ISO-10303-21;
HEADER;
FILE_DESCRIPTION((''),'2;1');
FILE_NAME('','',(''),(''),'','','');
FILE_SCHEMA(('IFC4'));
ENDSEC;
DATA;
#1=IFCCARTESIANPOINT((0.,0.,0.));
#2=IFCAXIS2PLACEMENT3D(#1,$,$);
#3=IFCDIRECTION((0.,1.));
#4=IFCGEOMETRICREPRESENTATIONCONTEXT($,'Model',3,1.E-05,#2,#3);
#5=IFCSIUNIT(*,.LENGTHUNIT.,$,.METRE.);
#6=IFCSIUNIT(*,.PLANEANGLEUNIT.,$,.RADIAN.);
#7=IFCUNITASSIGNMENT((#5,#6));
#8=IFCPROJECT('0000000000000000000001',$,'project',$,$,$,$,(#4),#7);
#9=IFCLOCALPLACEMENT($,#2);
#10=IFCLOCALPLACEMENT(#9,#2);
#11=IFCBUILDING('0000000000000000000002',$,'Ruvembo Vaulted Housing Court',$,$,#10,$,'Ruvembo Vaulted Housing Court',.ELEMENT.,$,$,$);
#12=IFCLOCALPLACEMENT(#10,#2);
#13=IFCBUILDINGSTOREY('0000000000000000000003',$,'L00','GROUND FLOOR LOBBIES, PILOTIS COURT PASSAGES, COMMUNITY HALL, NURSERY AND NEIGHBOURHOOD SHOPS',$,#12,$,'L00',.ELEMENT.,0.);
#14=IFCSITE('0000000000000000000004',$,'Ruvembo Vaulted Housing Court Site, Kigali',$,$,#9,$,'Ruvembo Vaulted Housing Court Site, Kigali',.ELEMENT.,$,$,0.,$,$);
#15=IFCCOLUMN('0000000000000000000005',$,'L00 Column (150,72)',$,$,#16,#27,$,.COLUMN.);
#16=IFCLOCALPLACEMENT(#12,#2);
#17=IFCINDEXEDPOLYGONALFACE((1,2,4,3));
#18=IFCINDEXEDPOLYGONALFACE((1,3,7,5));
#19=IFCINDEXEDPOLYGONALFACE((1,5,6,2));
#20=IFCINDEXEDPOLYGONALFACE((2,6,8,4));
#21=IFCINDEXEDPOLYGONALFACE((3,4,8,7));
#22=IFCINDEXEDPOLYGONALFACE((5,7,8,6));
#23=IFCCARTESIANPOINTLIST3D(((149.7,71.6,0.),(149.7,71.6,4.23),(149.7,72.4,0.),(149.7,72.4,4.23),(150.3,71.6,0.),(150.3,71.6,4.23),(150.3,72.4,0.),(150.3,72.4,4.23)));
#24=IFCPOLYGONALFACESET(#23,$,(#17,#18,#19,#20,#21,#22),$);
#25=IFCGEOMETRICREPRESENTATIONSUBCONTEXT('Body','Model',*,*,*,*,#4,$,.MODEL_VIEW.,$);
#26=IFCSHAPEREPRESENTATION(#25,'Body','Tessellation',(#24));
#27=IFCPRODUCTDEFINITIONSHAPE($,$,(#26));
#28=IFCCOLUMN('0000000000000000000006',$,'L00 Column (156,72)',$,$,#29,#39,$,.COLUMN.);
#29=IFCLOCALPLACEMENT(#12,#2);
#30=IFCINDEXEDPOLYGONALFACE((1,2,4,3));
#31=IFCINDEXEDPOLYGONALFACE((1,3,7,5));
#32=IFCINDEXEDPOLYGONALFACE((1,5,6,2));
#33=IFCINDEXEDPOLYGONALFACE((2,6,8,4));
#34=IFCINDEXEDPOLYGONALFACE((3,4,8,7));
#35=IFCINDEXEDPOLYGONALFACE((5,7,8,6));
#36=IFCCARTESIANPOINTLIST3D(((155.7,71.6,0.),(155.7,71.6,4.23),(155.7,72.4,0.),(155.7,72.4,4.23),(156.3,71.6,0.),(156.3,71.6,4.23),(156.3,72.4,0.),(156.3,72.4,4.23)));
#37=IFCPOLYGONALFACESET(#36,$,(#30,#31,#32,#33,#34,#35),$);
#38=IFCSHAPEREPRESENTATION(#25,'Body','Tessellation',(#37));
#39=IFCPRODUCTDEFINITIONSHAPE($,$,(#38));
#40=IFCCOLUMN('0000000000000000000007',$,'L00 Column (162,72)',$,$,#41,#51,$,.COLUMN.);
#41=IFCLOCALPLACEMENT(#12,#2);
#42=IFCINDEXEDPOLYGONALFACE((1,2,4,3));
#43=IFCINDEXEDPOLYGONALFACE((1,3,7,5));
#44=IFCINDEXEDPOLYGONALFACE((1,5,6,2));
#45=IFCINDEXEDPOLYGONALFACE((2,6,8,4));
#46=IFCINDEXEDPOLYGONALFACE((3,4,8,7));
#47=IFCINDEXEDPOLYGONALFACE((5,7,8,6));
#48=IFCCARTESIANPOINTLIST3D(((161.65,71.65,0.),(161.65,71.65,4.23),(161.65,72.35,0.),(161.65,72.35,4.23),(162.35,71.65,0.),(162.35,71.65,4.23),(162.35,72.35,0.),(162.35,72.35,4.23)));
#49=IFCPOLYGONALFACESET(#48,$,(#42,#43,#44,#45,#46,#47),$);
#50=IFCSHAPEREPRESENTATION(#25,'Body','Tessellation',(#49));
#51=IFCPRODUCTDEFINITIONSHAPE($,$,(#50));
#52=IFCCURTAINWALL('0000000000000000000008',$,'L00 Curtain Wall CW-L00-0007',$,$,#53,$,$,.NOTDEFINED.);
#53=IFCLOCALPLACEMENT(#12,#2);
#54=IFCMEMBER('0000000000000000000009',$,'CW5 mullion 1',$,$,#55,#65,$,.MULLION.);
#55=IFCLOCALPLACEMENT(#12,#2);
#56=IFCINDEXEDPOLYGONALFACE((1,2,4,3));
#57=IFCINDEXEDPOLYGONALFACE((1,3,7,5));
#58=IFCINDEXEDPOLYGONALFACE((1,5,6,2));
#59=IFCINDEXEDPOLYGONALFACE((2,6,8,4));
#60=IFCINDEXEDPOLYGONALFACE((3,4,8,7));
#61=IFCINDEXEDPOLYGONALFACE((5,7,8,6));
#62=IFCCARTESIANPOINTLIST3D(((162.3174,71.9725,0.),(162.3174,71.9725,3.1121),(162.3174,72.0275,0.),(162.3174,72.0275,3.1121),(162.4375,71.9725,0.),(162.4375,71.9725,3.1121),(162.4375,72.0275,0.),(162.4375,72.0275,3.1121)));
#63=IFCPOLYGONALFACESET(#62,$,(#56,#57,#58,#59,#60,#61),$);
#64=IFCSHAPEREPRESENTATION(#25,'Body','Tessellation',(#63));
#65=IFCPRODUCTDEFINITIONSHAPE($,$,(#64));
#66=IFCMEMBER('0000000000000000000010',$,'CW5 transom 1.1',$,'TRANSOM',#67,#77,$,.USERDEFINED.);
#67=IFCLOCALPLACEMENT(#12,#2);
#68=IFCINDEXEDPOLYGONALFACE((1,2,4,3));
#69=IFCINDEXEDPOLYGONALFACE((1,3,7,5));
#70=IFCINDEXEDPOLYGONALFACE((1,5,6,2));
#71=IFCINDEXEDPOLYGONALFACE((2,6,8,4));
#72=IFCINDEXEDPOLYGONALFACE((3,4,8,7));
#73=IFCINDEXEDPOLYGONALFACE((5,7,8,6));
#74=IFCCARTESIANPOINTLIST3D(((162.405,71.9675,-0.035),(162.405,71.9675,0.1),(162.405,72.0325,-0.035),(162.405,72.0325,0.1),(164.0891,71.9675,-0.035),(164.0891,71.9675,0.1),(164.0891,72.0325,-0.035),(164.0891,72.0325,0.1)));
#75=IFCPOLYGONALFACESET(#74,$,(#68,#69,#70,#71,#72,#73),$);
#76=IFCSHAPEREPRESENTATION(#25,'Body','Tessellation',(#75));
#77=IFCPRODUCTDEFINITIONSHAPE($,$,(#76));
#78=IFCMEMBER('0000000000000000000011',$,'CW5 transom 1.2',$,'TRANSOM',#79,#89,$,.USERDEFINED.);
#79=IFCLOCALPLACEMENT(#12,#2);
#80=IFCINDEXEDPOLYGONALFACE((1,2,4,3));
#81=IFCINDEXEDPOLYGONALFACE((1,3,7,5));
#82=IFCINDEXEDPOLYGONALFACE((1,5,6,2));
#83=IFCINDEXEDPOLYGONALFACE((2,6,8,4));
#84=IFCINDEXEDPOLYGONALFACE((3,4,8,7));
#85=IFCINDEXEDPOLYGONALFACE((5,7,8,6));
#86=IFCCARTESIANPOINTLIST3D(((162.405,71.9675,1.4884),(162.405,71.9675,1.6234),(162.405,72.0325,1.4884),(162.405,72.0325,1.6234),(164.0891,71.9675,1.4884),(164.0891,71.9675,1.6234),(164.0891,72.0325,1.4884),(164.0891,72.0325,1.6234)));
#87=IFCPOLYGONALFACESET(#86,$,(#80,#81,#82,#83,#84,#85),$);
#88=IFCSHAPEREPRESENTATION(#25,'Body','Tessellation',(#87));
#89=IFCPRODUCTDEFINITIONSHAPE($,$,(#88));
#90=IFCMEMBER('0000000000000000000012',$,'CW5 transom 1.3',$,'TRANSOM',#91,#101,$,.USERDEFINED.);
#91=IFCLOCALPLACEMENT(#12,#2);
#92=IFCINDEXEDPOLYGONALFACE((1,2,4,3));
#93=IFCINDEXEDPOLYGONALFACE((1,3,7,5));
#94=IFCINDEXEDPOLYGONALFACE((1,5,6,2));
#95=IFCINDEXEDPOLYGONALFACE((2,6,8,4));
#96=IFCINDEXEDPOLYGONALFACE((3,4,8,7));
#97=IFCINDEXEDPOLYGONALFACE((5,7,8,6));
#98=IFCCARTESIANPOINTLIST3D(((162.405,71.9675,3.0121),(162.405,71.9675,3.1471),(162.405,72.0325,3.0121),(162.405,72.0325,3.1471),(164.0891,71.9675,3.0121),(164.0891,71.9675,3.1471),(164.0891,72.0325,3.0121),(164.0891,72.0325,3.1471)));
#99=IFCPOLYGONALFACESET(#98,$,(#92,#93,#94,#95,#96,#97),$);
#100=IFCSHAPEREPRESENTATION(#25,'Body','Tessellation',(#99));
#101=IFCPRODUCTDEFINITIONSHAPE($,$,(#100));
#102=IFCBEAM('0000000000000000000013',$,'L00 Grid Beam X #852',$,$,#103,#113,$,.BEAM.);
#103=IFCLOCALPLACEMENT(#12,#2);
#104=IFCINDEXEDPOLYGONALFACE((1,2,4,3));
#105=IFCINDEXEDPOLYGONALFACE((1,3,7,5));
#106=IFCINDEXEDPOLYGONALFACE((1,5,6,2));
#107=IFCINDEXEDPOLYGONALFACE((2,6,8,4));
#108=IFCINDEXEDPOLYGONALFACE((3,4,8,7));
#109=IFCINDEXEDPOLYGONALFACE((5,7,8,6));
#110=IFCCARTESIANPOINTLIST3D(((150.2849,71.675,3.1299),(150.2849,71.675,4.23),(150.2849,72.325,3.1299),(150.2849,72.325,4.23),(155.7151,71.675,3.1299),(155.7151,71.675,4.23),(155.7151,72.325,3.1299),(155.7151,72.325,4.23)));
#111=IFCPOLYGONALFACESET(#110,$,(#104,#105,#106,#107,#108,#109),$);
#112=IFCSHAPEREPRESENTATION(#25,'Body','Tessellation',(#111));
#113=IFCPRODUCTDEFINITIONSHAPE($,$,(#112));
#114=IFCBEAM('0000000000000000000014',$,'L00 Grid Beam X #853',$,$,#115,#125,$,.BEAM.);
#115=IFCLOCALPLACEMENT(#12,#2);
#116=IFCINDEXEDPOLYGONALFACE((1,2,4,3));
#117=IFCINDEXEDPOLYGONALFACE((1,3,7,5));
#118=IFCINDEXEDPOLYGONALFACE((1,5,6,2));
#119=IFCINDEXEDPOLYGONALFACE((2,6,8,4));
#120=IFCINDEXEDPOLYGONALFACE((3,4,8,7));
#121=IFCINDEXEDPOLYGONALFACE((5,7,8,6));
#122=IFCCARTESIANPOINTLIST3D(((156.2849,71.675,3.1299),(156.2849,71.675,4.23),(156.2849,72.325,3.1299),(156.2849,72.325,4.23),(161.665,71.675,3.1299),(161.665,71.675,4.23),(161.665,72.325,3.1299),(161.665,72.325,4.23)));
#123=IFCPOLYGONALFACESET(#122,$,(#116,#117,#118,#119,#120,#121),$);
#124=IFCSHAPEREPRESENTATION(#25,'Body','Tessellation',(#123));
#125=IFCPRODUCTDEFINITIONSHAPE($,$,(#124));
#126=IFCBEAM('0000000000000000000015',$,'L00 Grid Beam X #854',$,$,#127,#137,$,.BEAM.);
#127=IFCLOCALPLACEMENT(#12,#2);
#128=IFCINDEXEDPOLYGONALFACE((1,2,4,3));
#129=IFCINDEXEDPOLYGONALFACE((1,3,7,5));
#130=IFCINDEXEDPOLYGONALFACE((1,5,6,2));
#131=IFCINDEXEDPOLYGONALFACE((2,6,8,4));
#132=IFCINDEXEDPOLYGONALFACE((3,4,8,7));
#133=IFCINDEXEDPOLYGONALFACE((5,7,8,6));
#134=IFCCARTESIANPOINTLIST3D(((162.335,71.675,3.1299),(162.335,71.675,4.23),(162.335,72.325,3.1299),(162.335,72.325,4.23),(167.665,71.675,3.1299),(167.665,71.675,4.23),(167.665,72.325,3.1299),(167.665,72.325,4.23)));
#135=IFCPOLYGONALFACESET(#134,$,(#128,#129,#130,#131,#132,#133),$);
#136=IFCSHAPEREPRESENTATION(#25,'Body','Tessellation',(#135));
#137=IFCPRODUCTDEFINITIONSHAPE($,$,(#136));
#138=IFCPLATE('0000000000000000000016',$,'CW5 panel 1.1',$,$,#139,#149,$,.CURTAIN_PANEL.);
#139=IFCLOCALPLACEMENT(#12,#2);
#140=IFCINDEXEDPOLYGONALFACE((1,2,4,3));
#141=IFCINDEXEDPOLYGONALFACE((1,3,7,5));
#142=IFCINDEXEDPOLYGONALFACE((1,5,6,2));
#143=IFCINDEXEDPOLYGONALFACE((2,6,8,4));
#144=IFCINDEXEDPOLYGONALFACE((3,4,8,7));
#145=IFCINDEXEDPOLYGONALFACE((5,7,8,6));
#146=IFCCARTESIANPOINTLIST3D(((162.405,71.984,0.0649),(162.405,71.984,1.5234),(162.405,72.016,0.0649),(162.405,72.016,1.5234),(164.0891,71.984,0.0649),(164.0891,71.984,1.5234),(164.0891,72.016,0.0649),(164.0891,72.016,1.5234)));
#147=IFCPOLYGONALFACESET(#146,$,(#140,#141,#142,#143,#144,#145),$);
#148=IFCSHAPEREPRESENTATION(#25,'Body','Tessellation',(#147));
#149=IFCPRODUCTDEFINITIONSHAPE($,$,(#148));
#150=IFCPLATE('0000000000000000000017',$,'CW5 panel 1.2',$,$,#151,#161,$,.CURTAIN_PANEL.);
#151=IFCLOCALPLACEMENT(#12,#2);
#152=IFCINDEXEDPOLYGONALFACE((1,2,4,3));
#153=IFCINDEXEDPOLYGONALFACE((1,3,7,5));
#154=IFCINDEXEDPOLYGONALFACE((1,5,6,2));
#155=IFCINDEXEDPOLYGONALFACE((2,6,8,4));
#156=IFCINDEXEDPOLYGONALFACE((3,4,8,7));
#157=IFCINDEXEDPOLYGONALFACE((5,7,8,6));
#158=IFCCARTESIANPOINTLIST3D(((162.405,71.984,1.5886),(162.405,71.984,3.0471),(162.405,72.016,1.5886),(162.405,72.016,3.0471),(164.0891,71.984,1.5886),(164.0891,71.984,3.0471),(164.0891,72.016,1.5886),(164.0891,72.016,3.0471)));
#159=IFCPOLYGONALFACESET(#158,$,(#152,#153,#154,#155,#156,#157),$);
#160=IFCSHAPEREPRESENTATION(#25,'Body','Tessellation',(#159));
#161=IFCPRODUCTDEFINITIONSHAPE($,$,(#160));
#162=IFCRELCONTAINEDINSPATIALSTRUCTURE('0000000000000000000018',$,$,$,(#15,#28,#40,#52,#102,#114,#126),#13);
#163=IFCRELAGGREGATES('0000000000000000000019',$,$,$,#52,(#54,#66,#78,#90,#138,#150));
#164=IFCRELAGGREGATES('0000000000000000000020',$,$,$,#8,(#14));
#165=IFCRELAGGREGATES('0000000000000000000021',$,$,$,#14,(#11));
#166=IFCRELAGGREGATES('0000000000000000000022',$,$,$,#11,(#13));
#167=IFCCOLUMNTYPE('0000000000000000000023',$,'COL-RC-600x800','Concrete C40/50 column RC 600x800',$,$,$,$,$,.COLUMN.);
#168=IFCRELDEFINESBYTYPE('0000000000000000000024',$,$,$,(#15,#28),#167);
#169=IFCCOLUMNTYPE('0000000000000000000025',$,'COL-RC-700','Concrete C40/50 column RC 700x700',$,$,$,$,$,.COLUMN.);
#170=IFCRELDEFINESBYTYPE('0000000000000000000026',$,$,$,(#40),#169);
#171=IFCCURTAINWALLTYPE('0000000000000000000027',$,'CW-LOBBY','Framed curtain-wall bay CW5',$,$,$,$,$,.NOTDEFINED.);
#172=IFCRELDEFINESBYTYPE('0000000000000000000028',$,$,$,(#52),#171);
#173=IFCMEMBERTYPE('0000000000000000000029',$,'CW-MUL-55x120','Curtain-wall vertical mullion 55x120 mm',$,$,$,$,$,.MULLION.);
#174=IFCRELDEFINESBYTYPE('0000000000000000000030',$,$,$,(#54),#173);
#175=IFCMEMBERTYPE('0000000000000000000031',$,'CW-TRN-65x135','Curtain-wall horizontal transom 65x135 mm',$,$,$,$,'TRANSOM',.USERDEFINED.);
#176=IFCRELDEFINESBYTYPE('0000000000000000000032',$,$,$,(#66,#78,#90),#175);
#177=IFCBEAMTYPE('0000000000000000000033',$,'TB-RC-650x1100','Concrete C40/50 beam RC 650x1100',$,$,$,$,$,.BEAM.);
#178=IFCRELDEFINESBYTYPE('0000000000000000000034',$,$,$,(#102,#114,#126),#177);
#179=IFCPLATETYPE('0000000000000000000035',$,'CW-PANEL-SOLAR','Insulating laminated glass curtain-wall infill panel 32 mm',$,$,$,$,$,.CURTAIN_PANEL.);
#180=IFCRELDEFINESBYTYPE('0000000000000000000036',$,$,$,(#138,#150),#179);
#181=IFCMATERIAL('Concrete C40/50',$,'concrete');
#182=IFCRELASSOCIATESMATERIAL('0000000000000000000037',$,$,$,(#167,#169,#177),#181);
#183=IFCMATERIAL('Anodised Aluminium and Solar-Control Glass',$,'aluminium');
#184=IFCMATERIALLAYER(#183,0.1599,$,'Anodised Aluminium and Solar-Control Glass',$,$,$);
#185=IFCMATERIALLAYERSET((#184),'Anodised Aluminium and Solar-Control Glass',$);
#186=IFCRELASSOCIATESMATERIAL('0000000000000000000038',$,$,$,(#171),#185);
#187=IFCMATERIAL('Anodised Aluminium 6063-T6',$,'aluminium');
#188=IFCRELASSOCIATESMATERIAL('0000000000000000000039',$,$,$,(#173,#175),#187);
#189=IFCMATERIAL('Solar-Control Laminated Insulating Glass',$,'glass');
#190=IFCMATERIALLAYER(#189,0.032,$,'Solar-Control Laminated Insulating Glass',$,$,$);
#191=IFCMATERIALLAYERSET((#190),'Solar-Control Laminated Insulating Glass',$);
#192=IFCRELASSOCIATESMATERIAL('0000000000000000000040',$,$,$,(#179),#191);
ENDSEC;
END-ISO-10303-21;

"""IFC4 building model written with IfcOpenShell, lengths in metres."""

from ifc_helpers import new_model, si_unit, direction, frame, origin, origin_2d, place, context, subcontext, project, spatial, rectangle, extrude, material, layer, layer_set, material_profile, profile_set, type_object, element, aggregate, save


model = new_model("IFC4")

# Units and contexts
model_context = context("Model", 3, precision=1e-05, world=origin(), true_north=direction((0.0, 1.0)))
body_context = subcontext(model_context, "Body", "Model", "MODEL_VIEW")
ifc_project = project(units=[si_unit("LENGTHUNIT", "METRE"), si_unit("PLANEANGLEUNIT", "RADIAN")], contexts=[model_context])

# Site, building, storey
site_placement = place(None, origin())
site = spatial("IfcSite", under=ifc_project, at=site_placement, Name="Ruvembo Vaulted Housing Court Site, Kigali", LongName="Ruvembo Vaulted Housing Court Site, Kigali", CompositionType="ELEMENT", RefElevation=0.0)
building_placement = place(site_placement, origin())
building = spatial("IfcBuilding", under=site, at=building_placement, Name="Ruvembo Vaulted Housing Court", LongName="Ruvembo Vaulted Housing Court", CompositionType="ELEMENT")
storey_placement = place(building_placement, origin())
storey = spatial("IfcBuildingStorey", under=building, at=storey_placement, Name="L00", Description="GROUND FLOOR LOBBIES, PILOTIS COURT PASSAGES, COMMUNITY HALL, NURSERY AND NEIGHBOURHOOD SHOPS", LongName="L00", CompositionType="ELEMENT", Elevation=0.0)

# Columns
ifc_material_1 = material(Name="Concrete C40/50", Category="concrete")
ifc_material_profile_1 = material_profile(ifc_material_1, rectangle(XDim=0.6001, YDim=0.8, at=origin_2d()), Name="RC 600x800")
ifc_profile_set_1 = profile_set([ifc_material_profile_1], Name="Concrete C40/50")
column_type_1 = type_object("IfcColumnType", Name="COL-RC-600x800", Description="Concrete C40/50 column RC 600x800", PredefinedType="COLUMN", material=ifc_profile_set_1)
for number, where, z_axis, x_axis, name in (
    (1, (150.0, 72.0, 0.0), (0.0, 0.0, 1.0), (1.0, 0.0, 0.0), "L00 Column (150,72)"),
    (2, (156.0, 72.0, 0.0), (0.0, 0.0, 1.0), (1.0, 0.0, 0.0), "L00 Column (156,72)"),
):
    element("IfcColumn", number, at=place(storey_placement, frame(where, z_axis=z_axis, x_axis=x_axis)), inside=storey, type_object=column_type_1, Name=name, PredefinedType="COLUMN", context=body_context, shape_type="SweptSolid", body=[
        extrude(rectangle(XDim=0.6001, YDim=0.8, at=origin_2d()), origin(), (0.0, 0.0, 1.0), 4.23),
    ])
ifc_material_profile_2 = material_profile(ifc_material_1, rectangle(XDim=0.7, YDim=0.7, at=origin_2d()), Name="RC 700x700")
ifc_profile_set_2 = profile_set([ifc_material_profile_2], Name="Concrete C40/50")
column_type_2 = type_object("IfcColumnType", Name="COL-RC-700", Description="Concrete C40/50 column RC 700x700", PredefinedType="COLUMN", material=ifc_profile_set_2)
column_placement = place(storey_placement, frame((162.0, 72.0, 0.0), z_axis=(0.0, 0.0, 1.0), x_axis=(1.0, 0.0, 0.0)))
element("IfcColumn", 3, at=column_placement, inside=storey, type_object=column_type_2, Name="L00 Column (162,72)", PredefinedType="COLUMN", context=body_context, shape_type="SweptSolid", body=[
    extrude(rectangle(XDim=0.7, YDim=0.7, at=origin_2d()), origin(), (0.0, 0.0, 1.0), 4.23),
])

# Curtain wall, members
ifc_material_2 = material(Name="Anodised Aluminium and Solar-Control Glass", Category="aluminium")
ifc_layer_1 = layer(ifc_material_2, 0.1599, Name="Anodised Aluminium and Solar-Control Glass")
ifc_layer_set_1 = layer_set([ifc_layer_1], Name="Anodised Aluminium and Solar-Control Glass")
curtain_wall_type = type_object("IfcCurtainWallType", Name="CW-LOBBY", Description="Framed curtain-wall bay CW5", PredefinedType="NOTDEFINED", material=ifc_layer_set_1)
curtain_wall_placement = place(storey_placement, origin())
curtain_wall = element("IfcCurtainWall", 4, at=curtain_wall_placement, inside=storey, type_object=curtain_wall_type, Name="L00 Curtain Wall CW-L00-0007", PredefinedType="NOTDEFINED")
ifc_material_3 = material(Name="Anodised Aluminium 6063-T6", Category="aluminium")
ifc_material_profile_3 = material_profile(ifc_material_3, rectangle(XDim=0.0549, YDim=0.1201, at=origin_2d()), Name="ALU 55x120")
ifc_profile_set_3 = profile_set([ifc_material_profile_3], Name="Anodised Aluminium 6063-T6")
member_type_1 = type_object("IfcMemberType", Name="CW-MUL-55x120", Description="Curtain-wall vertical mullion 55x120 mm", PredefinedType="MULLION", material=ifc_profile_set_3)
member_1_placement = place(storey_placement, frame((162.3774, 72.0, 0.0), z_axis=(0.0, 0.0, 1.0), x_axis=(0.0, 1.0, 0.0)))
member_1 = element("IfcMember", 5, at=member_1_placement, type_object=member_type_1, Name="CW5 mullion 1", PredefinedType="MULLION", context=body_context, shape_type="SweptSolid", body=[
    extrude(rectangle(XDim=0.0549, YDim=0.1201, at=origin_2d()), origin(), (0.0, 0.0, 1.0), 3.1121),
])
ifc_material_profile_4 = material_profile(ifc_material_3, rectangle(XDim=0.0649, YDim=0.135, at=origin_2d()), Name="ALU 65x135")
ifc_profile_set_4 = profile_set([ifc_material_profile_4], Name="Anodised Aluminium 6063-T6")
member_type_2 = type_object("IfcMemberType", Name="CW-TRN-65x135", Description="Curtain-wall horizontal transom 65x135 mm", ElementType="TRANSOM", PredefinedType="USERDEFINED", material=ifc_profile_set_4)
member_2_placement = place(storey_placement, frame((162.405, 72.0, 0.0325), z_axis=(1.0, 0.0, 0.0), x_axis=(0.0, 1.0, 0.0)))
member_2 = element("IfcMember", 6, at=member_2_placement, type_object=member_type_2, Name="CW5 transom 1.1", ObjectType="TRANSOM", PredefinedType="USERDEFINED", context=body_context, shape_type="SweptSolid", body=[
    extrude(rectangle(XDim=0.0649, YDim=0.135, at=origin_2d()), origin(), (0.0, 0.0, 1.0), 1.6841),
])
member_3_placement = place(storey_placement, frame((162.405, 72.0, 1.5559), z_axis=(1.0, 0.0, 0.0), x_axis=(0.0, 1.0, 0.0)))
member_3 = element("IfcMember", 7, at=member_3_placement, type_object=member_type_2, Name="CW5 transom 1.2", ObjectType="TRANSOM", PredefinedType="USERDEFINED", context=body_context, shape_type="SweptSolid", body=[
    extrude(rectangle(XDim=0.0649, YDim=0.135, at=origin_2d()), origin(), (0.0, 0.0, 1.0), 1.6841),
])
member_4_placement = place(storey_placement, frame((162.405, 72.0, 3.0796), z_axis=(1.0, 0.0, 0.0), x_axis=(0.0, 1.0, 0.0)))
member_4 = element("IfcMember", 8, at=member_4_placement, type_object=member_type_2, Name="CW5 transom 1.3", ObjectType="TRANSOM", PredefinedType="USERDEFINED", context=body_context, shape_type="SweptSolid", body=[
    extrude(rectangle(XDim=0.0649, YDim=0.135, at=origin_2d()), origin(), (0.0, 0.0, 1.0), 1.6841),
])

# Beams
ifc_material_profile_5 = material_profile(ifc_material_1, rectangle(XDim=0.6499, YDim=1.1001, at=origin_2d()), Name="RC 650x1100")
ifc_profile_set_5 = profile_set([ifc_material_profile_5], Name="Concrete C40/50")
beam_type = type_object("IfcBeamType", Name="TB-RC-650x1100", Description="Concrete C40/50 beam RC 650x1100", PredefinedType="BEAM", material=ifc_profile_set_5)
beam_1_placement = place(storey_placement, frame((150.2849, 72.0, 3.6799), z_axis=(1.0, 0.0, 0.0), x_axis=(0.0, 1.0, 0.0)))
element("IfcBeam", 9, at=beam_1_placement, inside=storey, type_object=beam_type, Name="L00 Grid Beam X #852", PredefinedType="BEAM", context=body_context, shape_type="SweptSolid", body=[
    extrude(rectangle(XDim=0.6499, YDim=1.1001, at=origin_2d()), origin(), (0.0, 0.0, 1.0), 5.4302),
])
beam_2_placement = place(storey_placement, frame((156.2849, 72.0, 3.6799), z_axis=(1.0, 0.0, 0.0), x_axis=(0.0, 1.0, 0.0)))
element("IfcBeam", 10, at=beam_2_placement, inside=storey, type_object=beam_type, Name="L00 Grid Beam X #853", PredefinedType="BEAM", context=body_context, shape_type="SweptSolid", body=[
    extrude(rectangle(XDim=0.6499, YDim=1.1001, at=origin_2d()), origin(), (0.0, 0.0, 1.0), 5.3801),
])
beam_3_placement = place(storey_placement, frame((162.335, 72.0, 3.6799), z_axis=(1.0, 0.0, 0.0), x_axis=(0.0, 1.0, 0.0)))
element("IfcBeam", 11, at=beam_3_placement, inside=storey, type_object=beam_type, Name="L00 Grid Beam X #854", PredefinedType="BEAM", context=body_context, shape_type="SweptSolid", body=[
    extrude(rectangle(XDim=0.6499, YDim=1.1001, at=origin_2d()), origin(), (0.0, 0.0, 1.0), 5.3301),
])

# Plates
ifc_material_4 = material(Name="Solar-Control Laminated Insulating Glass", Category="glass")
ifc_layer_2 = layer(ifc_material_4, 0.032, Name="Solar-Control Laminated Insulating Glass")
ifc_layer_set_2 = layer_set([ifc_layer_2], Name="Solar-Control Laminated Insulating Glass")
plate_type = type_object("IfcPlateType", Name="CW-PANEL-SOLAR", Description="Insulating laminated glass curtain-wall infill panel 32 mm", PredefinedType="CURTAIN_PANEL", material=ifc_layer_set_2)
plate_1_placement = place(storey_placement, frame((163.2471, 72.0, 0.0649), z_axis=(0.0, 0.0, 1.0), x_axis=(1.0, 0.0, 0.0)))
plate_1 = element("IfcPlate", 12, at=plate_1_placement, type_object=plate_type, Name="CW5 panel 1.1", PredefinedType="CURTAIN_PANEL", context=body_context, shape_type="SweptSolid", body=[
    extrude(rectangle(XDim=1.6841, YDim=0.032, at=origin_2d()), origin(), (0.0, 0.0, 1.0), 1.4585),
])
plate_2_placement = place(storey_placement, frame((163.2471, 72.0, 1.5886), z_axis=(0.0, 0.0, 1.0), x_axis=(1.0, 0.0, 0.0)))
plate_2 = element("IfcPlate", 13, at=plate_2_placement, type_object=plate_type, Name="CW5 panel 1.2", PredefinedType="CURTAIN_PANEL", context=body_context, shape_type="SweptSolid", body=[
    extrude(rectangle(XDim=1.6841, YDim=0.032, at=origin_2d()), origin(), (0.0, 0.0, 1.0), 1.4585),
])
aggregate(curtain_wall, [member_1, member_2, member_3, member_4, plate_1, plate_2])

save(model, "model.ifc")
